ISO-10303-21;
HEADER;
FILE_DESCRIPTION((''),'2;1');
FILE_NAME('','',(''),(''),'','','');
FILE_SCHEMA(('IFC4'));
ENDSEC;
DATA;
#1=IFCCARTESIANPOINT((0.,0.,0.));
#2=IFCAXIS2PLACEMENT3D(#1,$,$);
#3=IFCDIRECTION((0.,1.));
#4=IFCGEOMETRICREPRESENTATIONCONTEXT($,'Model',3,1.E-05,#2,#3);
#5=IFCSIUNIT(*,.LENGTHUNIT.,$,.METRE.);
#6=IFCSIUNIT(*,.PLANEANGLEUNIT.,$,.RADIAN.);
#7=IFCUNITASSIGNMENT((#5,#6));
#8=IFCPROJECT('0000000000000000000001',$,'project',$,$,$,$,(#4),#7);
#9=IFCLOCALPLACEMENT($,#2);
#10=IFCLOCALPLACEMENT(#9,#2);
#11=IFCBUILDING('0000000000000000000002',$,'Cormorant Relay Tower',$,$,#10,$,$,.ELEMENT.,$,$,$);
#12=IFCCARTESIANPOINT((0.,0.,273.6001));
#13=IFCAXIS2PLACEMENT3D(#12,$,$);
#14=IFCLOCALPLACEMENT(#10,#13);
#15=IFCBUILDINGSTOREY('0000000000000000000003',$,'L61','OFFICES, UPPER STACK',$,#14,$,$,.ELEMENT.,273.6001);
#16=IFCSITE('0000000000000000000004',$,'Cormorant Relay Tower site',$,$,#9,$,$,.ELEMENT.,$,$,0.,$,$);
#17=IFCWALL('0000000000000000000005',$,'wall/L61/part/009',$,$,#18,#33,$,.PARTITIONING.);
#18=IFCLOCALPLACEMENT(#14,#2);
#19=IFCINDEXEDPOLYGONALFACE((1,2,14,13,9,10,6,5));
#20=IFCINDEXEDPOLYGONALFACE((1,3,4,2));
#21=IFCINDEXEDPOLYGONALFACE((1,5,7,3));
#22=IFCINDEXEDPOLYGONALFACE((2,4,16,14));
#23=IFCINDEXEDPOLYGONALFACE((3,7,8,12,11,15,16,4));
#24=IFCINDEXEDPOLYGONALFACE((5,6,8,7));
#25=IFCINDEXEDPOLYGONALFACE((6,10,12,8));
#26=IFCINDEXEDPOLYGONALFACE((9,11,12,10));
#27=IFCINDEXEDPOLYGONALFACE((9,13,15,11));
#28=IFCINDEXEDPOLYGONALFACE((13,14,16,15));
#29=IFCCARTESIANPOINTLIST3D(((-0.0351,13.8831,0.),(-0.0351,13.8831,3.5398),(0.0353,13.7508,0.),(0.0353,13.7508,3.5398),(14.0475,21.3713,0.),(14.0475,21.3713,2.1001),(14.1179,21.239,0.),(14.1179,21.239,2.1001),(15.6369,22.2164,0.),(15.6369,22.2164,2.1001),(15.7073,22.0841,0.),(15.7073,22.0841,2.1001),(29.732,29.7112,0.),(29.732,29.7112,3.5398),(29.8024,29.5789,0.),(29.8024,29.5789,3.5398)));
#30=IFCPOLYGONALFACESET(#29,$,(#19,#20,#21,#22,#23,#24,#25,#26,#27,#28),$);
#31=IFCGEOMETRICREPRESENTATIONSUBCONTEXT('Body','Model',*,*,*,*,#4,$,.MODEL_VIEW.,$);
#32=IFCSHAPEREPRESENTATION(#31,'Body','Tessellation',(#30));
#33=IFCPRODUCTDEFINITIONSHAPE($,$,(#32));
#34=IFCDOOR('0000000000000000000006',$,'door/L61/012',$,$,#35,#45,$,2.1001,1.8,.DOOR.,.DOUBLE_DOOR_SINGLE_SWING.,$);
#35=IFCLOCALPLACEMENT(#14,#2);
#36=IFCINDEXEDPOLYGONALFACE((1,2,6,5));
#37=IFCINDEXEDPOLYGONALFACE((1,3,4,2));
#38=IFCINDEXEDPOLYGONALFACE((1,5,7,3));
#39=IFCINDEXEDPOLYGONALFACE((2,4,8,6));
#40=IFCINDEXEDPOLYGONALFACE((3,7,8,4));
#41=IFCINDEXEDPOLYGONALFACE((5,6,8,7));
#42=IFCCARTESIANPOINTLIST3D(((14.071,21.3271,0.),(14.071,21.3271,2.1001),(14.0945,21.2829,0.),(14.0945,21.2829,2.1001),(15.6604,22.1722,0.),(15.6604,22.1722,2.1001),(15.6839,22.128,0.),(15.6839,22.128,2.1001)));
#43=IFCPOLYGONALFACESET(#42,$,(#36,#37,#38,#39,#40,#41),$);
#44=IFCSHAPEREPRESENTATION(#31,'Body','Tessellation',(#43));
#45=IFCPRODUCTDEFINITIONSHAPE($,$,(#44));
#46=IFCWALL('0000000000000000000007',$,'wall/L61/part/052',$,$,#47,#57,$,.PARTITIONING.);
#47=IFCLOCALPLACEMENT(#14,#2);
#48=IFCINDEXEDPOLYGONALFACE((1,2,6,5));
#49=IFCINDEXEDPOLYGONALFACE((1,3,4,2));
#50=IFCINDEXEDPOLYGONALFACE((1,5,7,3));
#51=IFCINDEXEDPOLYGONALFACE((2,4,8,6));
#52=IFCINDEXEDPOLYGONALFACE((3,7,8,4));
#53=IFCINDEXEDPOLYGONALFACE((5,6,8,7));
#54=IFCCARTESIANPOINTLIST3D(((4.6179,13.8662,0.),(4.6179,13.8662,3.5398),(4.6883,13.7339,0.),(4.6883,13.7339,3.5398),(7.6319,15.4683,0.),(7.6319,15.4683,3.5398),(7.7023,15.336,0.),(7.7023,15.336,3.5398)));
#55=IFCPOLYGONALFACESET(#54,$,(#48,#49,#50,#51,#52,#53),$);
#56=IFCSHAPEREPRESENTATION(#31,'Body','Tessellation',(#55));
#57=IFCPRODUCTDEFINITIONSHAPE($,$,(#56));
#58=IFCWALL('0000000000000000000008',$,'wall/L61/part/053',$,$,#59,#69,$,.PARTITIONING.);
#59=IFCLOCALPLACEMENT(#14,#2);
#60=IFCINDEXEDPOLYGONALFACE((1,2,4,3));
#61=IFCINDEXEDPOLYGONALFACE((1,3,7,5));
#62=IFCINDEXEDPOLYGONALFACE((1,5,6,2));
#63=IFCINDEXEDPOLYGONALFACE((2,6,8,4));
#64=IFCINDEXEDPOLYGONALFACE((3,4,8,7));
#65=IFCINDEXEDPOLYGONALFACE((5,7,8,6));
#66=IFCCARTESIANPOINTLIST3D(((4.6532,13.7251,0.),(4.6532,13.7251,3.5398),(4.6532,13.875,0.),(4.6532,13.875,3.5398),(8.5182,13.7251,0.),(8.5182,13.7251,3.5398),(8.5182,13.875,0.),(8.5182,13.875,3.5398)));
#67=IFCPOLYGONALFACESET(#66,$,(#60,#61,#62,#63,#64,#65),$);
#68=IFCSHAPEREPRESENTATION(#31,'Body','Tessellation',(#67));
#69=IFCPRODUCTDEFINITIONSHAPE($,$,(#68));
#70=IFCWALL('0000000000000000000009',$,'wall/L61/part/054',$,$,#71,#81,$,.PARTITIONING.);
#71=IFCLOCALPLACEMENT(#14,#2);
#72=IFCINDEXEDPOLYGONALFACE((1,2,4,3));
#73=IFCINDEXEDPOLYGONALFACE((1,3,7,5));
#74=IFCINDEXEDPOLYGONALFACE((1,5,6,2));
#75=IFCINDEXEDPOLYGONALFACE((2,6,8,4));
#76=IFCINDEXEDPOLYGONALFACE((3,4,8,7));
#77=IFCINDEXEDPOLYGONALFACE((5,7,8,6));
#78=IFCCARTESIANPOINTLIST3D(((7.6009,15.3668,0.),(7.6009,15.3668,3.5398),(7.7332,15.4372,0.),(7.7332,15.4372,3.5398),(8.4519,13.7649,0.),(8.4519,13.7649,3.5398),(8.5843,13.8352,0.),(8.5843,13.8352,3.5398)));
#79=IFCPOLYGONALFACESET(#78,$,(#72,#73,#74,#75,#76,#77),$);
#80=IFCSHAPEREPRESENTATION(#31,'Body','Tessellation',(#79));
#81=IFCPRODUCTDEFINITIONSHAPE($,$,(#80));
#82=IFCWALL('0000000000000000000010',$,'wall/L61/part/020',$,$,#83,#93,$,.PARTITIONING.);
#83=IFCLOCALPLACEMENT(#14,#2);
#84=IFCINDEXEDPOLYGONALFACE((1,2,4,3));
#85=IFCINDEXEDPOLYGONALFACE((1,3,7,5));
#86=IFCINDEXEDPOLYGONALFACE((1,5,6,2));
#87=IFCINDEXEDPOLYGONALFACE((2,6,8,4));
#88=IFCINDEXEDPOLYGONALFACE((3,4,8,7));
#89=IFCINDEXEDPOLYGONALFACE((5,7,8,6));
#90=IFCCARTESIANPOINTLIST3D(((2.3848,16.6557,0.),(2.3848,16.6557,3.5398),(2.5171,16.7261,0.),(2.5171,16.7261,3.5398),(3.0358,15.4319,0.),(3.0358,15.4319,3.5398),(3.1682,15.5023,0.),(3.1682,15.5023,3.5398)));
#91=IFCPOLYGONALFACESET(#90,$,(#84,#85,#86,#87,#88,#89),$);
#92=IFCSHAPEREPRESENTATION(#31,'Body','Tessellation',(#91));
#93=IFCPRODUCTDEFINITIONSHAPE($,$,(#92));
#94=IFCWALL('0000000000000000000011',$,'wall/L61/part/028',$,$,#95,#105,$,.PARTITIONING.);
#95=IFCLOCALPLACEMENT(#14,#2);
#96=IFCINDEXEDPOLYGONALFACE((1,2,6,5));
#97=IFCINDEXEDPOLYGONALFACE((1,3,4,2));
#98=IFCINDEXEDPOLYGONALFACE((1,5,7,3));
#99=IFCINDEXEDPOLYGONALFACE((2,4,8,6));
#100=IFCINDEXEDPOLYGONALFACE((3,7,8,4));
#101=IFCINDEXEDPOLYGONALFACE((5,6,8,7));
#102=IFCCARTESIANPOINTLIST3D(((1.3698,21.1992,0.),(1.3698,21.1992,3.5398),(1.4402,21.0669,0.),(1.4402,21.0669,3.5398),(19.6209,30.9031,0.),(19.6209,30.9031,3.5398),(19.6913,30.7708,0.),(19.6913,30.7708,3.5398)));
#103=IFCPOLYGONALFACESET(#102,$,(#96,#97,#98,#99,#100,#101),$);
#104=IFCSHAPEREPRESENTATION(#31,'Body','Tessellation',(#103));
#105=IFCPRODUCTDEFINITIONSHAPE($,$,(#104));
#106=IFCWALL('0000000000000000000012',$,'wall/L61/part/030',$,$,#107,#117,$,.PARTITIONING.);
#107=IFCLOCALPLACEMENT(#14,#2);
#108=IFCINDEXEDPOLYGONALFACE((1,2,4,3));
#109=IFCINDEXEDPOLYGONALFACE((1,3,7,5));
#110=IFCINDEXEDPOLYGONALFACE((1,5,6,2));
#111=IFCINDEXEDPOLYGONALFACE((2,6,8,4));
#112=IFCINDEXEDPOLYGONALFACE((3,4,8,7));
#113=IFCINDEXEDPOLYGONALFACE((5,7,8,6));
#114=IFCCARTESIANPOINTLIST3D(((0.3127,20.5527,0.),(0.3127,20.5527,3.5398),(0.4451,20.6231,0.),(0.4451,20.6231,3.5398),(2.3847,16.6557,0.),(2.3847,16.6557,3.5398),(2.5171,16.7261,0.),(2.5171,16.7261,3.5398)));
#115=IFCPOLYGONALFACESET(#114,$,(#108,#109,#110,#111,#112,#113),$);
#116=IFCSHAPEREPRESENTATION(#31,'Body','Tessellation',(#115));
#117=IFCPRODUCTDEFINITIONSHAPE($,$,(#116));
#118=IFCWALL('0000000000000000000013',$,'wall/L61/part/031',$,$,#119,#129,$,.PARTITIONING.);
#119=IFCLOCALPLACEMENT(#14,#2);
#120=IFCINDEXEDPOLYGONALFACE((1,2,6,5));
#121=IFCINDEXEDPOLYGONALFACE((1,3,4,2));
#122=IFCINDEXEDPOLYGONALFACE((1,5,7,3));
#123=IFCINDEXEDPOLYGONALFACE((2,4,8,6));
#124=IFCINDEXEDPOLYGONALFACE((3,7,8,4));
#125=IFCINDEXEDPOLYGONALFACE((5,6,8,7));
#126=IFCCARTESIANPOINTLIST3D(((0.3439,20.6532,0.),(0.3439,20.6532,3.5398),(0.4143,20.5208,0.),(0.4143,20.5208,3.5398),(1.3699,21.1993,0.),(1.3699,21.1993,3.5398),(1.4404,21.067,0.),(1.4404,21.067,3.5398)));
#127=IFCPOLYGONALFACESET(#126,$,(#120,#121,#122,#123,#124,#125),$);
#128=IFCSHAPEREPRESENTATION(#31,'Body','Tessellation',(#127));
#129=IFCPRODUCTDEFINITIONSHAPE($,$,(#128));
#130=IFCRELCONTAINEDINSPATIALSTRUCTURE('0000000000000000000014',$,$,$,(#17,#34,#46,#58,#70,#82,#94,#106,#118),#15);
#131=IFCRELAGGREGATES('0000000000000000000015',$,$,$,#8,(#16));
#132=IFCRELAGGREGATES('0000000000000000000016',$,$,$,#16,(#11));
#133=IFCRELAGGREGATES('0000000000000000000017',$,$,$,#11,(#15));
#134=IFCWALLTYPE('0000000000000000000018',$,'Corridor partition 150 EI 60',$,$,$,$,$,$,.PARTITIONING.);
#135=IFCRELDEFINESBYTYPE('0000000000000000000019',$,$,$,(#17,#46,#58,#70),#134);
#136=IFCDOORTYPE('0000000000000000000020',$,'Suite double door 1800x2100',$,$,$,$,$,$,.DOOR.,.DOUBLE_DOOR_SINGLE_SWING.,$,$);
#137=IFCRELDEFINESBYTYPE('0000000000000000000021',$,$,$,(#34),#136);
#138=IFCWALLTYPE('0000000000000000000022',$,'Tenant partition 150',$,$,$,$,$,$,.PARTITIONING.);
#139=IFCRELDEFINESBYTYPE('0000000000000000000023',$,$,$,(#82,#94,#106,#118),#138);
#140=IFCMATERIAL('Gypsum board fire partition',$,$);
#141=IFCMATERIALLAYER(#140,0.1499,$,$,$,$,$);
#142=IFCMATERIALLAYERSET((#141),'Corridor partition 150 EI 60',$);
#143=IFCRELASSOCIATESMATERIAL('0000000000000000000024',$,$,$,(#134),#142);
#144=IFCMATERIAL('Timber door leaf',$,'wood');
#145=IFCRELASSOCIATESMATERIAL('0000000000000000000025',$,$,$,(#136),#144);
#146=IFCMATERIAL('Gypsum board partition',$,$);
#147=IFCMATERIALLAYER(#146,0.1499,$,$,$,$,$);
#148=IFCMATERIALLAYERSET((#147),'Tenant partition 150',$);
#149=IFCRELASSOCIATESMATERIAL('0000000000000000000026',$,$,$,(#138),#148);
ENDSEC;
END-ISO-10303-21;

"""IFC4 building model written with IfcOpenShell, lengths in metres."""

from ifc_helpers import new_model, si_unit, direction, frame, frame_2d, origin, place, context, subcontext, project, spatial, rectangle, extrude, material, layer, layer_set, type_object, element, fill, save


model = new_model("IFC4")

# Units and contexts
model_context = context("Model", 3, precision=1e-05, world=origin(), true_north=direction((0.0, 1.0)))
body_context = subcontext(model_context, "Body", "Model", "MODEL_VIEW")
ifc_project = project(units=[si_unit("LENGTHUNIT", "METRE"), si_unit("PLANEANGLEUNIT", "RADIAN")], contexts=[model_context])

# Site, building, storey
site_placement = place(None, origin())
site = spatial("IfcSite", under=ifc_project, at=site_placement, Name="Cormorant Relay Tower site", CompositionType="ELEMENT", RefElevation=0.0)
building_placement = place(site_placement, origin())
building = spatial("IfcBuilding", under=site, at=building_placement, Name="Cormorant Relay Tower", CompositionType="ELEMENT")
storey_placement = place(building_placement, frame((0.0, 0.0, 273.6001)))
storey = spatial("IfcBuildingStorey", under=building, at=storey_placement, Name="L61", Description="OFFICES, UPPER STACK", CompositionType="ELEMENT", Elevation=273.6001)

# Wall, opening, door
ifc_material_1 = material(Name="Gypsum board fire partition")
ifc_layer_1 = layer(ifc_material_1, 0.1499)
ifc_layer_set_1 = layer_set([ifc_layer_1], Name="Corridor partition 150 EI 60")
wall_type_1 = type_object("IfcWallType", Name="Corridor partition 150 EI 60", PredefinedType="PARTITIONING", material=ifc_layer_set_1)
wall_1_placement = place(storey_placement, frame((0.0, 13.8169, 0.0), z_axis=(0.0, 0.0, 1.0), x_axis=(0.882939, 0.469487, 0.0)))
wall_1 = element("IfcWall", 1, at=wall_1_placement, inside=storey, type_object=wall_type_1, Name="wall/L61/part/009", PredefinedType="PARTITIONING", context=body_context, shape_type="SweptSolid", body=[
    extrude(rectangle(XDim=33.7136, YDim=0.1499, at=frame_2d((16.8569, 0.0))), origin(), (0.0, 0.0, 1.0), 3.5398),
])
opening_1_placement = place(wall_1_placement, frame((15.95, 0.0, 0.0)))
opening_1 = element("IfcOpeningElement", 2, at=opening_1_placement, cuts=wall_1, PredefinedType="OPENING", context=body_context, shape_type="SweptSolid", body=[
    extrude(rectangle(XDim=1.8, YDim=2.1001, at=frame_2d((0.8999, 1.05))), frame((0.0, 0.085, 0.0), z_axis=(0.0, -1.0, 0.0), x_axis=(1.0, 0.0, 0.0)), (0.0, 0.0, 1.0), 0.1699),
])
ifc_material_2 = material(Name="Timber door leaf", Category="wood")
door_type_1 = type_object("IfcDoorType", Name="Suite double door 1800x2100", OperationType="DOUBLE_DOOR_SINGLE_SWING", PredefinedType="DOOR", material=ifc_material_2)
door_1_placement = place(opening_1_placement, origin())
door_1 = element("IfcDoor", 3, at=door_1_placement, inside=storey, type_object=door_type_1, Name="door/L61/012", OperationType="DOUBLE_DOOR_SINGLE_SWING", OverallHeight=2.1001, OverallWidth=1.8, PredefinedType="DOOR", context=body_context, shape_type="SweptSolid", body=[
    extrude(rectangle(XDim=1.8, YDim=2.1001, at=frame_2d((0.8999, 1.05))), frame((0.0, 0.0249, 0.0), z_axis=(0.0, -1.0, 0.0), x_axis=(1.0, 0.0, 0.0)), (0.0, 0.0, 1.0), 0.05),
])
fill(opening_1, door_1)

# Walls
wall_2_placement = place(storey_placement, frame((7.667, 15.4021, 0.0), z_axis=(0.0, 0.0, 1.0), x_axis=(-0.883005, -0.469363, 0.0)))
element("IfcWall", 4, at=wall_2_placement, inside=storey, type_object=wall_type_1, Name="wall/L61/part/052", PredefinedType="PARTITIONING", context=body_context, shape_type="SweptSolid", body=[
    extrude(rectangle(XDim=3.4133, YDim=0.1499, at=frame_2d((1.7065, 0.0))), origin(), (0.0, 0.0, 1.0), 3.5398),
])
wall_3_placement = place(storey_placement, frame((4.6531, 13.8, 0.0), z_axis=(0.0, 0.0, 1.0), x_axis=(1.0, 0.0, 0.0)))
element("IfcWall", 5, at=wall_3_placement, inside=storey, type_object=wall_type_1, Name="wall/L61/part/053", PredefinedType="PARTITIONING", context=body_context, shape_type="SweptSolid", body=[
    extrude(rectangle(XDim=3.865, YDim=0.1499, at=frame_2d((1.9326, 0.0))), origin(), (0.0, 0.0, 1.0), 3.5398),
])
wall_4_placement = place(storey_placement, frame((8.5181, 13.8, 0.0), z_axis=(0.0, 0.0, 1.0), x_axis=(-0.469149, 0.883119, 0.0)))
element("IfcWall", 6, at=wall_4_placement, inside=storey, type_object=wall_type_1, Name="wall/L61/part/054", PredefinedType="PARTITIONING", context=body_context, shape_type="SweptSolid", body=[
    extrude(rectangle(XDim=1.814, YDim=0.1499, at=frame_2d((0.907, 0.0))), origin(), (0.0, 0.0, 1.0), 3.5398),
])
ifc_material_3 = material(Name="Gypsum board partition")
ifc_layer_2 = layer(ifc_material_3, 0.1499)
ifc_layer_set_2 = layer_set([ifc_layer_2], Name="Tenant partition 150")
wall_type_2 = type_object("IfcWallType", Name="Tenant partition 150", PredefinedType="PARTITIONING", material=ifc_layer_set_2)
wall_5_placement = place(storey_placement, frame((2.4509, 16.6909, 0.0), z_axis=(0.0, 0.0, 1.0), x_axis=(0.469683, -0.882835, 0.0)))
element("IfcWall", 7, at=wall_5_placement, inside=storey, type_object=wall_type_2, Name="wall/L61/part/020", PredefinedType="PARTITIONING", context=body_context, shape_type="SweptSolid", body=[
    extrude(rectangle(XDim=1.3862, YDim=0.1499, at=frame_2d((0.6931, 0.0))), origin(), (0.0, 0.0, 1.0), 3.5398),
])
wall_6_placement = place(storey_placement, frame((1.405, 21.1331, 0.0), z_axis=(0.0, 0.0, 1.0), x_axis=(0.882955, 0.469458, 0.0)))
element("IfcWall", 8, at=wall_6_placement, inside=storey, type_object=wall_type_2, Name="wall/L61/part/028", PredefinedType="PARTITIONING", context=body_context, shape_type="SweptSolid", body=[
    extrude(rectangle(XDim=20.6704, YDim=0.1499, at=frame_2d((10.3352, 0.0))), origin(), (0.0, 0.0, 1.0), 3.5398),
])
wall_7_placement = place(storey_placement, frame((2.4509, 16.6909, 0.0), z_axis=(0.0, 0.0, 1.0), x_axis=(-0.469465, 0.882951, 0.0)))
element("IfcWall", 9, at=wall_7_placement, inside=storey, type_object=wall_type_2, Name="wall/L61/part/030", PredefinedType="PARTITIONING", context=body_context, shape_type="SweptSolid", body=[
    extrude(rectangle(XDim=4.4136, YDim=0.1499, at=frame_2d((2.2068, 0.0))), origin(), (0.0, 0.0, 1.0), 3.5398),
])
wall_8_placement = place(storey_placement, frame((1.405, 21.1331, 0.0), z_axis=(0.0, 0.0, 1.0), x_axis=(-0.882754, -0.469836, 0.0)))
element("IfcWall", 10, at=wall_8_placement, inside=storey, type_object=wall_type_2, Name="wall/L61/part/031", PredefinedType="PARTITIONING", context=body_context, shape_type="SweptSolid", body=[
    extrude(rectangle(XDim=1.1624, YDim=0.1499, at=frame_2d((0.5811, 0.0))), origin(), (0.0, 0.0, 1.0), 3.5398),
])

save(model, "model.ifc")
